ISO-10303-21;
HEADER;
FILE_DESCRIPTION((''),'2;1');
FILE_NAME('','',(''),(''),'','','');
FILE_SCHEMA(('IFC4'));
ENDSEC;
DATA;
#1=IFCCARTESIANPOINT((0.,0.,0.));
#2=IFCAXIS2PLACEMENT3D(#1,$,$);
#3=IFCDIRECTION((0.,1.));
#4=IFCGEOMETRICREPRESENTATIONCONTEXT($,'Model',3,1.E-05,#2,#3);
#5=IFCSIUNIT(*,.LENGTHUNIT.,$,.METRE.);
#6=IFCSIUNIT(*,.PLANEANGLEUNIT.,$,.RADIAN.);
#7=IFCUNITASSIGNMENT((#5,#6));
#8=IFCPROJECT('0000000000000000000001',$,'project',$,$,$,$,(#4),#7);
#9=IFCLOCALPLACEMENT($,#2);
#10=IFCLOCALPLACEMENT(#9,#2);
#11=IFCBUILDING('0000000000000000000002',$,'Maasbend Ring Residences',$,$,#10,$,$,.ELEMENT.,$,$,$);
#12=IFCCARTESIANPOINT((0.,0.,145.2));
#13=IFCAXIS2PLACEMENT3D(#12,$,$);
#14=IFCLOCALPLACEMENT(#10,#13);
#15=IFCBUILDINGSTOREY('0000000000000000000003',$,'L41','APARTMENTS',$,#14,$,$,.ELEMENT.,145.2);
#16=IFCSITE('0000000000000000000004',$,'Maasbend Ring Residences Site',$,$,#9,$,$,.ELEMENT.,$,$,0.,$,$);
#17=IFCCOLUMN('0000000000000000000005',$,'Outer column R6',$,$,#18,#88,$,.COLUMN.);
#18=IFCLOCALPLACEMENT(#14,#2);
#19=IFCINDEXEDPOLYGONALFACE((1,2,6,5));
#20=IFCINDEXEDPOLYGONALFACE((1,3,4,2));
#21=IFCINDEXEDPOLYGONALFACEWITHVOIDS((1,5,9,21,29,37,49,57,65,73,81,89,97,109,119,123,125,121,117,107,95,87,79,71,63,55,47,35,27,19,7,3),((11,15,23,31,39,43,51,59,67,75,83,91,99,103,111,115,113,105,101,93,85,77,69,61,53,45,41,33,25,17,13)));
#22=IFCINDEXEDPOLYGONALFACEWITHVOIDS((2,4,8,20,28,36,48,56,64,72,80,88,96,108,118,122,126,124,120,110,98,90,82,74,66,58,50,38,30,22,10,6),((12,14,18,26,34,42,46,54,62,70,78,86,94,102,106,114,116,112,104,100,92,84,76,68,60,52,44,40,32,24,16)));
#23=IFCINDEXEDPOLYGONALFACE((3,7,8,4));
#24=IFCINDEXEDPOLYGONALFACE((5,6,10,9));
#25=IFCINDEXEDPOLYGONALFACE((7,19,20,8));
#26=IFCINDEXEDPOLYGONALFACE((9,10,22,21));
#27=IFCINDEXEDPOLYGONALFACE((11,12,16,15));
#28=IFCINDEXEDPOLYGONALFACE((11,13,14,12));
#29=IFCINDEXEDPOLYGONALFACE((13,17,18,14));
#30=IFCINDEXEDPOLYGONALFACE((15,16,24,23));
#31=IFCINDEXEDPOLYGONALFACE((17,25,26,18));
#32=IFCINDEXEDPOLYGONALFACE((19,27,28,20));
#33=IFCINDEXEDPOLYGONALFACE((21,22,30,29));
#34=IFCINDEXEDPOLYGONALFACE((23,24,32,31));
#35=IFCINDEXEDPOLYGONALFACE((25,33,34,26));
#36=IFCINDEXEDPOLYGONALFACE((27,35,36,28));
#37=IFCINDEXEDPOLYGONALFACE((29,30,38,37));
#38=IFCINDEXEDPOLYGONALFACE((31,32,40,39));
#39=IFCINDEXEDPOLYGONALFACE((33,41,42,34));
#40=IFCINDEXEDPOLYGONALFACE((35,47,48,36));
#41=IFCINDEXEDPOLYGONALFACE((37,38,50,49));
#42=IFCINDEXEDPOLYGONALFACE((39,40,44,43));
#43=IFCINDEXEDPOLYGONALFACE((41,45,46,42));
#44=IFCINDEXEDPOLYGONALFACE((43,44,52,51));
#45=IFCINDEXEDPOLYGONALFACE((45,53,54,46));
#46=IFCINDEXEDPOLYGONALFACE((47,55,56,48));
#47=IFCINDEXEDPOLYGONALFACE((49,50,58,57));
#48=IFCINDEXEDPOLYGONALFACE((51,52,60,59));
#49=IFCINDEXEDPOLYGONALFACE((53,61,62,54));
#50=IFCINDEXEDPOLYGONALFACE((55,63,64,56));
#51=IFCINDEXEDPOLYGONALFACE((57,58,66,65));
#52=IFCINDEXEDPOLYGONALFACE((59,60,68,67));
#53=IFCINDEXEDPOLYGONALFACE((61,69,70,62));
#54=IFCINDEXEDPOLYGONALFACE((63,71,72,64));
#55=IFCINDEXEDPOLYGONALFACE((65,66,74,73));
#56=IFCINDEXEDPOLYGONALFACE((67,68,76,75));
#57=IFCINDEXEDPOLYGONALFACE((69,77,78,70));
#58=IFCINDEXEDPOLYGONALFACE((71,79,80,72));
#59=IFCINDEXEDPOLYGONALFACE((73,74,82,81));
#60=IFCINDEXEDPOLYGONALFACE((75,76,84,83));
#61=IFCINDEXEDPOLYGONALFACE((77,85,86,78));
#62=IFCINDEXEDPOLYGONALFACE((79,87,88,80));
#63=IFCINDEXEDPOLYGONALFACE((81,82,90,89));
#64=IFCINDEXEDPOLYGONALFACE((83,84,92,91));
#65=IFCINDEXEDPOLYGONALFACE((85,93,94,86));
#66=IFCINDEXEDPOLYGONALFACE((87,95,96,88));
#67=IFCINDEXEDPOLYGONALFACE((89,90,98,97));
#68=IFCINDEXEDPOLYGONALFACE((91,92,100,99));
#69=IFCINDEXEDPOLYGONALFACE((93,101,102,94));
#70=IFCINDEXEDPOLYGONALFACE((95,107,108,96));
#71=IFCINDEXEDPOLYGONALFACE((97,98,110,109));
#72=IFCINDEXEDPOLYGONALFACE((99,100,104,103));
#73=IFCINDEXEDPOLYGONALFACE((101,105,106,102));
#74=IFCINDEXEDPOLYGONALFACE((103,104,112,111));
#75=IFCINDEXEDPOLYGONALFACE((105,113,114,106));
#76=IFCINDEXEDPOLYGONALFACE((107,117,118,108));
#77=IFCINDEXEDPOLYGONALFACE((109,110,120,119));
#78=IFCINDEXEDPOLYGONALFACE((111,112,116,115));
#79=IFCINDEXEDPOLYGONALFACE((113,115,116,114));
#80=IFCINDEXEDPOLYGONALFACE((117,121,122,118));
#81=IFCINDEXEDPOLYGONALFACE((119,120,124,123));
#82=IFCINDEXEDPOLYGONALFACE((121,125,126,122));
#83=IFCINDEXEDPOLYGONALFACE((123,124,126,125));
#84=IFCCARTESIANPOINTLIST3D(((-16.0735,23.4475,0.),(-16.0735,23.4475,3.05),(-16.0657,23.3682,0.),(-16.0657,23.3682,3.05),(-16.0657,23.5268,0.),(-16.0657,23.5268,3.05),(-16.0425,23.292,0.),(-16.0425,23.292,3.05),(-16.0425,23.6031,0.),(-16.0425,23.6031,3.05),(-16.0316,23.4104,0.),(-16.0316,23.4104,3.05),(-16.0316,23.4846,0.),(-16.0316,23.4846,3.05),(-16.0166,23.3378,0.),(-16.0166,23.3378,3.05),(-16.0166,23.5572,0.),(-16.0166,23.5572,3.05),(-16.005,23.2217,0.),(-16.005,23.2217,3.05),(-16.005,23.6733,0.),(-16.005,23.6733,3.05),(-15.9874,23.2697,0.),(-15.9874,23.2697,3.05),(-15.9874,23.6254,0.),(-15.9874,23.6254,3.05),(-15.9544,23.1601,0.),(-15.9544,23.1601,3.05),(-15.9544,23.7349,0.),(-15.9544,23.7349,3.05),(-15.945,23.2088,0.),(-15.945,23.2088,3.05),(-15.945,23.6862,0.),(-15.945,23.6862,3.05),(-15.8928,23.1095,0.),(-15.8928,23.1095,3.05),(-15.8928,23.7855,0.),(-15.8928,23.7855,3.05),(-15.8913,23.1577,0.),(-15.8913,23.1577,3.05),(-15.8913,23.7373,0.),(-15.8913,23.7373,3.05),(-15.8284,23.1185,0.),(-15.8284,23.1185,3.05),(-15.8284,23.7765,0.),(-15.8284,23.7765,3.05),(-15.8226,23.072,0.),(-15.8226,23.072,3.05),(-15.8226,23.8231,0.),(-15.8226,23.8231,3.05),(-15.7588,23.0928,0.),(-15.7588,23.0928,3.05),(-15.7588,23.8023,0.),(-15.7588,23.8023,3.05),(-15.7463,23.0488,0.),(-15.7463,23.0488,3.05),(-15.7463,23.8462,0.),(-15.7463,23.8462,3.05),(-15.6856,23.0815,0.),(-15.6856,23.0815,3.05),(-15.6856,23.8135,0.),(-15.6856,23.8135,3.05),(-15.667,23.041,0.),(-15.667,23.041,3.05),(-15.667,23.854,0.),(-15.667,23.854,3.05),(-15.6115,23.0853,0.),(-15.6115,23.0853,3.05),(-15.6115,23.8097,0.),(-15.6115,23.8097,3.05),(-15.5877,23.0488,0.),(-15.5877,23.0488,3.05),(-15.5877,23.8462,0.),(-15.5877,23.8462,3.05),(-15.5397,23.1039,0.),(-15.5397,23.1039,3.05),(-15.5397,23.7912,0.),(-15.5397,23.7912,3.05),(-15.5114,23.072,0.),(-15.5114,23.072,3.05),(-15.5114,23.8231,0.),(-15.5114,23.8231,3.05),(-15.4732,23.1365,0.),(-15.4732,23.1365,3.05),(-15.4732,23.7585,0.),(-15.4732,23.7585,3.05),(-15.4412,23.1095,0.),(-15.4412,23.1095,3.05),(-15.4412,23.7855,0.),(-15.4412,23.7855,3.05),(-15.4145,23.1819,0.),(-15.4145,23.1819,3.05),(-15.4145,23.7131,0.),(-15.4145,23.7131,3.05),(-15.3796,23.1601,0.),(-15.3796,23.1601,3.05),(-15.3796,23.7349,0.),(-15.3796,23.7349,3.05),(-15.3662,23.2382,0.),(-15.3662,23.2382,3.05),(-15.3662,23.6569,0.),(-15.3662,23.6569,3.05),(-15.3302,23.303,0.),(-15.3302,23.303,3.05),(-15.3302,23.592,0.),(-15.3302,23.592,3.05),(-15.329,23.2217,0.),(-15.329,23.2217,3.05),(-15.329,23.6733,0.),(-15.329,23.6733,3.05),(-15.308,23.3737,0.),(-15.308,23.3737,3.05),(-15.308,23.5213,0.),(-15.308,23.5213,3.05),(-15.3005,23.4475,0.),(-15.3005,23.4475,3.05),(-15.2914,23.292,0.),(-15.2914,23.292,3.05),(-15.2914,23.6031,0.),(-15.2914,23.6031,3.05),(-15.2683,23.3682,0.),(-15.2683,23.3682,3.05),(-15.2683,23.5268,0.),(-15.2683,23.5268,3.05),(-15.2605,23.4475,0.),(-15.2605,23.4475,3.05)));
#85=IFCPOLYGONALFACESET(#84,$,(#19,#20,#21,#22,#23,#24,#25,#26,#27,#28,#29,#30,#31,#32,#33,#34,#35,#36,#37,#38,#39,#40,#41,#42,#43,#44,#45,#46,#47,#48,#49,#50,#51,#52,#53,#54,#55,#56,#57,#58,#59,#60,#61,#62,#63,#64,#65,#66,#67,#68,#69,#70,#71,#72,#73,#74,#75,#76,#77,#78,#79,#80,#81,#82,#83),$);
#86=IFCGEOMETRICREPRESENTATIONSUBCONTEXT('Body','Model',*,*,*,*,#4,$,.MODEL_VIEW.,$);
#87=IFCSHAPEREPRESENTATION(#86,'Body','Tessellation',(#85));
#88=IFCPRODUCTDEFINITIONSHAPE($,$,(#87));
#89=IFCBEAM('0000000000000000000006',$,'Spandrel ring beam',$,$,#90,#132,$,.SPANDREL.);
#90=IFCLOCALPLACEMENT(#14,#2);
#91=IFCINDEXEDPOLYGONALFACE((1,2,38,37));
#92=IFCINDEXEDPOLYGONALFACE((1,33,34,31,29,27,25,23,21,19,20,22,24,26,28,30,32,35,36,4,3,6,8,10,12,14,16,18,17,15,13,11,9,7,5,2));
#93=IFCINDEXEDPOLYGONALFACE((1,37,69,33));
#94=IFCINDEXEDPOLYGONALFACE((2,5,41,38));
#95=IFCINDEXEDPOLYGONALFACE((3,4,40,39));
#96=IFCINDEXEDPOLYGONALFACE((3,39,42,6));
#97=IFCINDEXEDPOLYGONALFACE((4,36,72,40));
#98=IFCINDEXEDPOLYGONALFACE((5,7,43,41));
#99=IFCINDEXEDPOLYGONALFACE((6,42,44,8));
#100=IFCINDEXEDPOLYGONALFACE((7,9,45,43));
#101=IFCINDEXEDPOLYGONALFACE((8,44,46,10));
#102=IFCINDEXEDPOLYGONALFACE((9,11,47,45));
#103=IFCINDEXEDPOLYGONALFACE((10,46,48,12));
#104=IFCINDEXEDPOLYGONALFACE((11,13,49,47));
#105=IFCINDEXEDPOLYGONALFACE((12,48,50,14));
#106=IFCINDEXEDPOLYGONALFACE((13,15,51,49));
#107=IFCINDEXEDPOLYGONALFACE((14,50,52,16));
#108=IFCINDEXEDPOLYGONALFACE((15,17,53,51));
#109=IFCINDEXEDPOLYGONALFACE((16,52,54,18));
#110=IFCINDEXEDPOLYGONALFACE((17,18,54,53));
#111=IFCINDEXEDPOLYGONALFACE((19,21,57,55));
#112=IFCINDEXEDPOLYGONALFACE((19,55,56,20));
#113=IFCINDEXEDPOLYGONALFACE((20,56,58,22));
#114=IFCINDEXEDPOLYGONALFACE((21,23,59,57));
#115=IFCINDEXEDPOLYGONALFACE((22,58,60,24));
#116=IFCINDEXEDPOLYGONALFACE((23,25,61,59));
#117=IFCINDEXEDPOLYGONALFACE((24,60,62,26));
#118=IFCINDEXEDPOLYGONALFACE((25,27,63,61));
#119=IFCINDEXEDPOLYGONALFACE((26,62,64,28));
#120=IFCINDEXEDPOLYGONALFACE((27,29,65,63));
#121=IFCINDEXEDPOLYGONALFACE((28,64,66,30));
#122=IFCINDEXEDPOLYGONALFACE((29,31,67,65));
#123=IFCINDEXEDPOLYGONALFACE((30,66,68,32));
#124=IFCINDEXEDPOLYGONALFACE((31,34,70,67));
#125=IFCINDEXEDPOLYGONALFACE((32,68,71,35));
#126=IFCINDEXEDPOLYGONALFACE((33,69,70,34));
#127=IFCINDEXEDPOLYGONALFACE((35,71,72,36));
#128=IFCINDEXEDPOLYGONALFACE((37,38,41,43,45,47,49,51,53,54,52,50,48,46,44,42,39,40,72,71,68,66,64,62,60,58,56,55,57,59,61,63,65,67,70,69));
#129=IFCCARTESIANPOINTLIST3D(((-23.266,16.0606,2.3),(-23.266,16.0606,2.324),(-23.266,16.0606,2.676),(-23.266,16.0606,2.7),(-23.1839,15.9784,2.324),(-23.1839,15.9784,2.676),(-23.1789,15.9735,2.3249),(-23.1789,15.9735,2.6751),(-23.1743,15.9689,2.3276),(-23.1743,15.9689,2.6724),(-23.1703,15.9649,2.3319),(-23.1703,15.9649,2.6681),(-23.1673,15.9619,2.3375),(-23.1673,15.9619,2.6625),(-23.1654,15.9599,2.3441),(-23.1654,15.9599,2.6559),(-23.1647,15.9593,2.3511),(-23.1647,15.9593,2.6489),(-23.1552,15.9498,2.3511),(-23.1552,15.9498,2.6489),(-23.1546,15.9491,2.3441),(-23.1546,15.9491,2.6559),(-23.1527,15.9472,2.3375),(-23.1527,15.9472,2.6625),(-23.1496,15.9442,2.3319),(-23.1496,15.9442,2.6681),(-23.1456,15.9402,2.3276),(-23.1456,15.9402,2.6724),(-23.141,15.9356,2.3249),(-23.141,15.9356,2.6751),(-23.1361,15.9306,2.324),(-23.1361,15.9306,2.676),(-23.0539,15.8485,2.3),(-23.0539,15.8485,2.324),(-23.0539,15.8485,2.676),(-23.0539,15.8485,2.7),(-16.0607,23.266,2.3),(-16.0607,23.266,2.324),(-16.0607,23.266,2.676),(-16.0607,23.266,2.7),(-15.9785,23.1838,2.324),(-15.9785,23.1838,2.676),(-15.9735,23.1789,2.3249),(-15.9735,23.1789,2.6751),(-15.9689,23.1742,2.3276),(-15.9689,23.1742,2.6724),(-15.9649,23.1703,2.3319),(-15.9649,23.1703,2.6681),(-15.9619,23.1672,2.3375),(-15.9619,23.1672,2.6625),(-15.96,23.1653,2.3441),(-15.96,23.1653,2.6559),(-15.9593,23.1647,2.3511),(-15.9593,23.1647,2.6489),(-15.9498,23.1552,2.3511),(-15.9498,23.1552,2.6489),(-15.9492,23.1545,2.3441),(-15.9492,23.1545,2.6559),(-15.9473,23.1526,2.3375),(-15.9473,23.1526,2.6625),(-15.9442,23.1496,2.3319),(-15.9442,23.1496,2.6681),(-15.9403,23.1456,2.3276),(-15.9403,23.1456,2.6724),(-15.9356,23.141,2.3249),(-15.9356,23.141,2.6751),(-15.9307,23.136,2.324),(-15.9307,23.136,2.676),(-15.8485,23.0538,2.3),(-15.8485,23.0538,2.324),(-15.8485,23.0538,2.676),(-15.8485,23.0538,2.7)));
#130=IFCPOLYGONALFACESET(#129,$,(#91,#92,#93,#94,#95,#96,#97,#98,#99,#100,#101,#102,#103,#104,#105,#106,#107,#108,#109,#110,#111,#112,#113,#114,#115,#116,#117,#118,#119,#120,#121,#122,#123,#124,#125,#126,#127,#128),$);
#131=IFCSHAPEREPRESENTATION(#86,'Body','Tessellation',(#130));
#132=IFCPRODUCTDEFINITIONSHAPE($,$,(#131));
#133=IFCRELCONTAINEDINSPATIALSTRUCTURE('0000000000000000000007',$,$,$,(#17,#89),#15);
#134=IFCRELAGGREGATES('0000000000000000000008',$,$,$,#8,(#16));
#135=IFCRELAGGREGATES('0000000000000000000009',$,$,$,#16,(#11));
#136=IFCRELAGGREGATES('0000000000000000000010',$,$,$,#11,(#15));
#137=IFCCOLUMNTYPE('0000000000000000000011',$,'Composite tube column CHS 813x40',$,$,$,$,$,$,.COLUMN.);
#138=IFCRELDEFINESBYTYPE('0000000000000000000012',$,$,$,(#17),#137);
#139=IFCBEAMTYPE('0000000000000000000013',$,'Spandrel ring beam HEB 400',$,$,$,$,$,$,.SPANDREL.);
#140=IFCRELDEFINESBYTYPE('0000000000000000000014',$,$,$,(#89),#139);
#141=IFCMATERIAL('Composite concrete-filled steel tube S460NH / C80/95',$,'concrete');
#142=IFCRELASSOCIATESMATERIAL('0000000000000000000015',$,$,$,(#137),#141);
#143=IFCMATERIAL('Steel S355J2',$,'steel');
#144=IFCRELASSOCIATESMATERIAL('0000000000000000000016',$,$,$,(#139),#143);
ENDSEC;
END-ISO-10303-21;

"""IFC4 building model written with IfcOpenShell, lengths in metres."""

from ifc_helpers import new_model, si_unit, direction, frame, origin, origin_2d, place, context, subcontext, project, spatial, hollow_circle, i_section, extrude, material, material_profile, profile_set, type_object, element, save


model = new_model("IFC4")

# Units and contexts
model_context = context("Model", 3, precision=1e-05, world=origin(), true_north=direction((0.0, 1.0)))
body_context = subcontext(model_context, "Body", "Model", "MODEL_VIEW")
ifc_project = project(units=[si_unit("LENGTHUNIT", "METRE"), si_unit("PLANEANGLEUNIT", "RADIAN")], contexts=[model_context])

# Site, building, storey
site_placement = place(None, origin())
site = spatial("IfcSite", under=ifc_project, at=site_placement, Name="Maasbend Ring Residences Site", CompositionType="ELEMENT", RefElevation=0.0)
building_placement = place(site_placement, origin())
building = spatial("IfcBuilding", under=site, at=building_placement, Name="Maasbend Ring Residences", CompositionType="ELEMENT")
storey_placement = place(building_placement, frame((0.0, 0.0, 145.2)))
storey = spatial("IfcBuildingStorey", under=building, at=storey_placement, Name="L41", Description="APARTMENTS", CompositionType="ELEMENT", Elevation=145.2)

# Column
ifc_material_1 = material(Name="Composite concrete-filled steel tube S460NH / C80/95", Category="concrete")
ifc_material_profile_1 = material_profile(ifc_material_1, hollow_circle(Radius=0.4065, WallThickness=0.04, at=origin_2d()), Name="Composite tube column CHS 813x40")
ifc_profile_set_1 = profile_set([ifc_material_profile_1], Name="Composite concrete-filled steel tube S460NH / C80/95")
column_type = type_object("IfcColumnType", Name="Composite tube column CHS 813x40", PredefinedType="COLUMN", material=ifc_profile_set_1)
column_placement = place(storey_placement, frame((-15.667, 23.4475, 0.0), z_axis=(0.0, 0.0, 1.0), x_axis=(1.0, 0.0, 0.0)))
element("IfcColumn", 1, at=column_placement, inside=storey, type_object=column_type, Name="Outer column R6", PredefinedType="COLUMN", context=body_context, shape_type="SweptSolid", body=[
    extrude(hollow_circle(Radius=0.4065, WallThickness=0.04, at=origin_2d()), origin(), (0.0, 0.0, 1.0), 3.05),
])

# Beam
ifc_material_2 = material(Name="Steel S355J2", Category="steel")
ifc_material_profile_2 = material_profile(ifc_material_2, i_section(OverallWidth=0.3, OverallDepth=0.3999, WebThickness=0.0134, FlangeThickness=0.0239, FilletRadius=0.0271, at=origin_2d()), Name="HEB 400")
ifc_profile_set_2 = profile_set([ifc_material_profile_2], Name="Steel S355J2")
beam_type = type_object("IfcBeamType", Name="Spandrel ring beam HEB 400", PredefinedType="SPANDREL", material=ifc_profile_set_2)
beam_placement = place(storey_placement, frame((-15.9546, 23.1599, 2.5), z_axis=(-0.707107, -0.707107, 0.0), x_axis=(0.707107, -0.707107, 0.0)))
element("IfcBeam", 2, at=beam_placement, inside=storey, type_object=beam_type, Name="Spandrel ring beam", PredefinedType="SPANDREL", context=body_context, shape_type="SweptSolid", body=[
    extrude(i_section(OverallWidth=0.3, OverallDepth=0.3999, WebThickness=0.0134, FlangeThickness=0.0239, FilletRadius=0.0271, at=origin_2d()), origin(), (0.0, 0.0, 1.0), 10.1899),
])

save(model, "model.ifc")
